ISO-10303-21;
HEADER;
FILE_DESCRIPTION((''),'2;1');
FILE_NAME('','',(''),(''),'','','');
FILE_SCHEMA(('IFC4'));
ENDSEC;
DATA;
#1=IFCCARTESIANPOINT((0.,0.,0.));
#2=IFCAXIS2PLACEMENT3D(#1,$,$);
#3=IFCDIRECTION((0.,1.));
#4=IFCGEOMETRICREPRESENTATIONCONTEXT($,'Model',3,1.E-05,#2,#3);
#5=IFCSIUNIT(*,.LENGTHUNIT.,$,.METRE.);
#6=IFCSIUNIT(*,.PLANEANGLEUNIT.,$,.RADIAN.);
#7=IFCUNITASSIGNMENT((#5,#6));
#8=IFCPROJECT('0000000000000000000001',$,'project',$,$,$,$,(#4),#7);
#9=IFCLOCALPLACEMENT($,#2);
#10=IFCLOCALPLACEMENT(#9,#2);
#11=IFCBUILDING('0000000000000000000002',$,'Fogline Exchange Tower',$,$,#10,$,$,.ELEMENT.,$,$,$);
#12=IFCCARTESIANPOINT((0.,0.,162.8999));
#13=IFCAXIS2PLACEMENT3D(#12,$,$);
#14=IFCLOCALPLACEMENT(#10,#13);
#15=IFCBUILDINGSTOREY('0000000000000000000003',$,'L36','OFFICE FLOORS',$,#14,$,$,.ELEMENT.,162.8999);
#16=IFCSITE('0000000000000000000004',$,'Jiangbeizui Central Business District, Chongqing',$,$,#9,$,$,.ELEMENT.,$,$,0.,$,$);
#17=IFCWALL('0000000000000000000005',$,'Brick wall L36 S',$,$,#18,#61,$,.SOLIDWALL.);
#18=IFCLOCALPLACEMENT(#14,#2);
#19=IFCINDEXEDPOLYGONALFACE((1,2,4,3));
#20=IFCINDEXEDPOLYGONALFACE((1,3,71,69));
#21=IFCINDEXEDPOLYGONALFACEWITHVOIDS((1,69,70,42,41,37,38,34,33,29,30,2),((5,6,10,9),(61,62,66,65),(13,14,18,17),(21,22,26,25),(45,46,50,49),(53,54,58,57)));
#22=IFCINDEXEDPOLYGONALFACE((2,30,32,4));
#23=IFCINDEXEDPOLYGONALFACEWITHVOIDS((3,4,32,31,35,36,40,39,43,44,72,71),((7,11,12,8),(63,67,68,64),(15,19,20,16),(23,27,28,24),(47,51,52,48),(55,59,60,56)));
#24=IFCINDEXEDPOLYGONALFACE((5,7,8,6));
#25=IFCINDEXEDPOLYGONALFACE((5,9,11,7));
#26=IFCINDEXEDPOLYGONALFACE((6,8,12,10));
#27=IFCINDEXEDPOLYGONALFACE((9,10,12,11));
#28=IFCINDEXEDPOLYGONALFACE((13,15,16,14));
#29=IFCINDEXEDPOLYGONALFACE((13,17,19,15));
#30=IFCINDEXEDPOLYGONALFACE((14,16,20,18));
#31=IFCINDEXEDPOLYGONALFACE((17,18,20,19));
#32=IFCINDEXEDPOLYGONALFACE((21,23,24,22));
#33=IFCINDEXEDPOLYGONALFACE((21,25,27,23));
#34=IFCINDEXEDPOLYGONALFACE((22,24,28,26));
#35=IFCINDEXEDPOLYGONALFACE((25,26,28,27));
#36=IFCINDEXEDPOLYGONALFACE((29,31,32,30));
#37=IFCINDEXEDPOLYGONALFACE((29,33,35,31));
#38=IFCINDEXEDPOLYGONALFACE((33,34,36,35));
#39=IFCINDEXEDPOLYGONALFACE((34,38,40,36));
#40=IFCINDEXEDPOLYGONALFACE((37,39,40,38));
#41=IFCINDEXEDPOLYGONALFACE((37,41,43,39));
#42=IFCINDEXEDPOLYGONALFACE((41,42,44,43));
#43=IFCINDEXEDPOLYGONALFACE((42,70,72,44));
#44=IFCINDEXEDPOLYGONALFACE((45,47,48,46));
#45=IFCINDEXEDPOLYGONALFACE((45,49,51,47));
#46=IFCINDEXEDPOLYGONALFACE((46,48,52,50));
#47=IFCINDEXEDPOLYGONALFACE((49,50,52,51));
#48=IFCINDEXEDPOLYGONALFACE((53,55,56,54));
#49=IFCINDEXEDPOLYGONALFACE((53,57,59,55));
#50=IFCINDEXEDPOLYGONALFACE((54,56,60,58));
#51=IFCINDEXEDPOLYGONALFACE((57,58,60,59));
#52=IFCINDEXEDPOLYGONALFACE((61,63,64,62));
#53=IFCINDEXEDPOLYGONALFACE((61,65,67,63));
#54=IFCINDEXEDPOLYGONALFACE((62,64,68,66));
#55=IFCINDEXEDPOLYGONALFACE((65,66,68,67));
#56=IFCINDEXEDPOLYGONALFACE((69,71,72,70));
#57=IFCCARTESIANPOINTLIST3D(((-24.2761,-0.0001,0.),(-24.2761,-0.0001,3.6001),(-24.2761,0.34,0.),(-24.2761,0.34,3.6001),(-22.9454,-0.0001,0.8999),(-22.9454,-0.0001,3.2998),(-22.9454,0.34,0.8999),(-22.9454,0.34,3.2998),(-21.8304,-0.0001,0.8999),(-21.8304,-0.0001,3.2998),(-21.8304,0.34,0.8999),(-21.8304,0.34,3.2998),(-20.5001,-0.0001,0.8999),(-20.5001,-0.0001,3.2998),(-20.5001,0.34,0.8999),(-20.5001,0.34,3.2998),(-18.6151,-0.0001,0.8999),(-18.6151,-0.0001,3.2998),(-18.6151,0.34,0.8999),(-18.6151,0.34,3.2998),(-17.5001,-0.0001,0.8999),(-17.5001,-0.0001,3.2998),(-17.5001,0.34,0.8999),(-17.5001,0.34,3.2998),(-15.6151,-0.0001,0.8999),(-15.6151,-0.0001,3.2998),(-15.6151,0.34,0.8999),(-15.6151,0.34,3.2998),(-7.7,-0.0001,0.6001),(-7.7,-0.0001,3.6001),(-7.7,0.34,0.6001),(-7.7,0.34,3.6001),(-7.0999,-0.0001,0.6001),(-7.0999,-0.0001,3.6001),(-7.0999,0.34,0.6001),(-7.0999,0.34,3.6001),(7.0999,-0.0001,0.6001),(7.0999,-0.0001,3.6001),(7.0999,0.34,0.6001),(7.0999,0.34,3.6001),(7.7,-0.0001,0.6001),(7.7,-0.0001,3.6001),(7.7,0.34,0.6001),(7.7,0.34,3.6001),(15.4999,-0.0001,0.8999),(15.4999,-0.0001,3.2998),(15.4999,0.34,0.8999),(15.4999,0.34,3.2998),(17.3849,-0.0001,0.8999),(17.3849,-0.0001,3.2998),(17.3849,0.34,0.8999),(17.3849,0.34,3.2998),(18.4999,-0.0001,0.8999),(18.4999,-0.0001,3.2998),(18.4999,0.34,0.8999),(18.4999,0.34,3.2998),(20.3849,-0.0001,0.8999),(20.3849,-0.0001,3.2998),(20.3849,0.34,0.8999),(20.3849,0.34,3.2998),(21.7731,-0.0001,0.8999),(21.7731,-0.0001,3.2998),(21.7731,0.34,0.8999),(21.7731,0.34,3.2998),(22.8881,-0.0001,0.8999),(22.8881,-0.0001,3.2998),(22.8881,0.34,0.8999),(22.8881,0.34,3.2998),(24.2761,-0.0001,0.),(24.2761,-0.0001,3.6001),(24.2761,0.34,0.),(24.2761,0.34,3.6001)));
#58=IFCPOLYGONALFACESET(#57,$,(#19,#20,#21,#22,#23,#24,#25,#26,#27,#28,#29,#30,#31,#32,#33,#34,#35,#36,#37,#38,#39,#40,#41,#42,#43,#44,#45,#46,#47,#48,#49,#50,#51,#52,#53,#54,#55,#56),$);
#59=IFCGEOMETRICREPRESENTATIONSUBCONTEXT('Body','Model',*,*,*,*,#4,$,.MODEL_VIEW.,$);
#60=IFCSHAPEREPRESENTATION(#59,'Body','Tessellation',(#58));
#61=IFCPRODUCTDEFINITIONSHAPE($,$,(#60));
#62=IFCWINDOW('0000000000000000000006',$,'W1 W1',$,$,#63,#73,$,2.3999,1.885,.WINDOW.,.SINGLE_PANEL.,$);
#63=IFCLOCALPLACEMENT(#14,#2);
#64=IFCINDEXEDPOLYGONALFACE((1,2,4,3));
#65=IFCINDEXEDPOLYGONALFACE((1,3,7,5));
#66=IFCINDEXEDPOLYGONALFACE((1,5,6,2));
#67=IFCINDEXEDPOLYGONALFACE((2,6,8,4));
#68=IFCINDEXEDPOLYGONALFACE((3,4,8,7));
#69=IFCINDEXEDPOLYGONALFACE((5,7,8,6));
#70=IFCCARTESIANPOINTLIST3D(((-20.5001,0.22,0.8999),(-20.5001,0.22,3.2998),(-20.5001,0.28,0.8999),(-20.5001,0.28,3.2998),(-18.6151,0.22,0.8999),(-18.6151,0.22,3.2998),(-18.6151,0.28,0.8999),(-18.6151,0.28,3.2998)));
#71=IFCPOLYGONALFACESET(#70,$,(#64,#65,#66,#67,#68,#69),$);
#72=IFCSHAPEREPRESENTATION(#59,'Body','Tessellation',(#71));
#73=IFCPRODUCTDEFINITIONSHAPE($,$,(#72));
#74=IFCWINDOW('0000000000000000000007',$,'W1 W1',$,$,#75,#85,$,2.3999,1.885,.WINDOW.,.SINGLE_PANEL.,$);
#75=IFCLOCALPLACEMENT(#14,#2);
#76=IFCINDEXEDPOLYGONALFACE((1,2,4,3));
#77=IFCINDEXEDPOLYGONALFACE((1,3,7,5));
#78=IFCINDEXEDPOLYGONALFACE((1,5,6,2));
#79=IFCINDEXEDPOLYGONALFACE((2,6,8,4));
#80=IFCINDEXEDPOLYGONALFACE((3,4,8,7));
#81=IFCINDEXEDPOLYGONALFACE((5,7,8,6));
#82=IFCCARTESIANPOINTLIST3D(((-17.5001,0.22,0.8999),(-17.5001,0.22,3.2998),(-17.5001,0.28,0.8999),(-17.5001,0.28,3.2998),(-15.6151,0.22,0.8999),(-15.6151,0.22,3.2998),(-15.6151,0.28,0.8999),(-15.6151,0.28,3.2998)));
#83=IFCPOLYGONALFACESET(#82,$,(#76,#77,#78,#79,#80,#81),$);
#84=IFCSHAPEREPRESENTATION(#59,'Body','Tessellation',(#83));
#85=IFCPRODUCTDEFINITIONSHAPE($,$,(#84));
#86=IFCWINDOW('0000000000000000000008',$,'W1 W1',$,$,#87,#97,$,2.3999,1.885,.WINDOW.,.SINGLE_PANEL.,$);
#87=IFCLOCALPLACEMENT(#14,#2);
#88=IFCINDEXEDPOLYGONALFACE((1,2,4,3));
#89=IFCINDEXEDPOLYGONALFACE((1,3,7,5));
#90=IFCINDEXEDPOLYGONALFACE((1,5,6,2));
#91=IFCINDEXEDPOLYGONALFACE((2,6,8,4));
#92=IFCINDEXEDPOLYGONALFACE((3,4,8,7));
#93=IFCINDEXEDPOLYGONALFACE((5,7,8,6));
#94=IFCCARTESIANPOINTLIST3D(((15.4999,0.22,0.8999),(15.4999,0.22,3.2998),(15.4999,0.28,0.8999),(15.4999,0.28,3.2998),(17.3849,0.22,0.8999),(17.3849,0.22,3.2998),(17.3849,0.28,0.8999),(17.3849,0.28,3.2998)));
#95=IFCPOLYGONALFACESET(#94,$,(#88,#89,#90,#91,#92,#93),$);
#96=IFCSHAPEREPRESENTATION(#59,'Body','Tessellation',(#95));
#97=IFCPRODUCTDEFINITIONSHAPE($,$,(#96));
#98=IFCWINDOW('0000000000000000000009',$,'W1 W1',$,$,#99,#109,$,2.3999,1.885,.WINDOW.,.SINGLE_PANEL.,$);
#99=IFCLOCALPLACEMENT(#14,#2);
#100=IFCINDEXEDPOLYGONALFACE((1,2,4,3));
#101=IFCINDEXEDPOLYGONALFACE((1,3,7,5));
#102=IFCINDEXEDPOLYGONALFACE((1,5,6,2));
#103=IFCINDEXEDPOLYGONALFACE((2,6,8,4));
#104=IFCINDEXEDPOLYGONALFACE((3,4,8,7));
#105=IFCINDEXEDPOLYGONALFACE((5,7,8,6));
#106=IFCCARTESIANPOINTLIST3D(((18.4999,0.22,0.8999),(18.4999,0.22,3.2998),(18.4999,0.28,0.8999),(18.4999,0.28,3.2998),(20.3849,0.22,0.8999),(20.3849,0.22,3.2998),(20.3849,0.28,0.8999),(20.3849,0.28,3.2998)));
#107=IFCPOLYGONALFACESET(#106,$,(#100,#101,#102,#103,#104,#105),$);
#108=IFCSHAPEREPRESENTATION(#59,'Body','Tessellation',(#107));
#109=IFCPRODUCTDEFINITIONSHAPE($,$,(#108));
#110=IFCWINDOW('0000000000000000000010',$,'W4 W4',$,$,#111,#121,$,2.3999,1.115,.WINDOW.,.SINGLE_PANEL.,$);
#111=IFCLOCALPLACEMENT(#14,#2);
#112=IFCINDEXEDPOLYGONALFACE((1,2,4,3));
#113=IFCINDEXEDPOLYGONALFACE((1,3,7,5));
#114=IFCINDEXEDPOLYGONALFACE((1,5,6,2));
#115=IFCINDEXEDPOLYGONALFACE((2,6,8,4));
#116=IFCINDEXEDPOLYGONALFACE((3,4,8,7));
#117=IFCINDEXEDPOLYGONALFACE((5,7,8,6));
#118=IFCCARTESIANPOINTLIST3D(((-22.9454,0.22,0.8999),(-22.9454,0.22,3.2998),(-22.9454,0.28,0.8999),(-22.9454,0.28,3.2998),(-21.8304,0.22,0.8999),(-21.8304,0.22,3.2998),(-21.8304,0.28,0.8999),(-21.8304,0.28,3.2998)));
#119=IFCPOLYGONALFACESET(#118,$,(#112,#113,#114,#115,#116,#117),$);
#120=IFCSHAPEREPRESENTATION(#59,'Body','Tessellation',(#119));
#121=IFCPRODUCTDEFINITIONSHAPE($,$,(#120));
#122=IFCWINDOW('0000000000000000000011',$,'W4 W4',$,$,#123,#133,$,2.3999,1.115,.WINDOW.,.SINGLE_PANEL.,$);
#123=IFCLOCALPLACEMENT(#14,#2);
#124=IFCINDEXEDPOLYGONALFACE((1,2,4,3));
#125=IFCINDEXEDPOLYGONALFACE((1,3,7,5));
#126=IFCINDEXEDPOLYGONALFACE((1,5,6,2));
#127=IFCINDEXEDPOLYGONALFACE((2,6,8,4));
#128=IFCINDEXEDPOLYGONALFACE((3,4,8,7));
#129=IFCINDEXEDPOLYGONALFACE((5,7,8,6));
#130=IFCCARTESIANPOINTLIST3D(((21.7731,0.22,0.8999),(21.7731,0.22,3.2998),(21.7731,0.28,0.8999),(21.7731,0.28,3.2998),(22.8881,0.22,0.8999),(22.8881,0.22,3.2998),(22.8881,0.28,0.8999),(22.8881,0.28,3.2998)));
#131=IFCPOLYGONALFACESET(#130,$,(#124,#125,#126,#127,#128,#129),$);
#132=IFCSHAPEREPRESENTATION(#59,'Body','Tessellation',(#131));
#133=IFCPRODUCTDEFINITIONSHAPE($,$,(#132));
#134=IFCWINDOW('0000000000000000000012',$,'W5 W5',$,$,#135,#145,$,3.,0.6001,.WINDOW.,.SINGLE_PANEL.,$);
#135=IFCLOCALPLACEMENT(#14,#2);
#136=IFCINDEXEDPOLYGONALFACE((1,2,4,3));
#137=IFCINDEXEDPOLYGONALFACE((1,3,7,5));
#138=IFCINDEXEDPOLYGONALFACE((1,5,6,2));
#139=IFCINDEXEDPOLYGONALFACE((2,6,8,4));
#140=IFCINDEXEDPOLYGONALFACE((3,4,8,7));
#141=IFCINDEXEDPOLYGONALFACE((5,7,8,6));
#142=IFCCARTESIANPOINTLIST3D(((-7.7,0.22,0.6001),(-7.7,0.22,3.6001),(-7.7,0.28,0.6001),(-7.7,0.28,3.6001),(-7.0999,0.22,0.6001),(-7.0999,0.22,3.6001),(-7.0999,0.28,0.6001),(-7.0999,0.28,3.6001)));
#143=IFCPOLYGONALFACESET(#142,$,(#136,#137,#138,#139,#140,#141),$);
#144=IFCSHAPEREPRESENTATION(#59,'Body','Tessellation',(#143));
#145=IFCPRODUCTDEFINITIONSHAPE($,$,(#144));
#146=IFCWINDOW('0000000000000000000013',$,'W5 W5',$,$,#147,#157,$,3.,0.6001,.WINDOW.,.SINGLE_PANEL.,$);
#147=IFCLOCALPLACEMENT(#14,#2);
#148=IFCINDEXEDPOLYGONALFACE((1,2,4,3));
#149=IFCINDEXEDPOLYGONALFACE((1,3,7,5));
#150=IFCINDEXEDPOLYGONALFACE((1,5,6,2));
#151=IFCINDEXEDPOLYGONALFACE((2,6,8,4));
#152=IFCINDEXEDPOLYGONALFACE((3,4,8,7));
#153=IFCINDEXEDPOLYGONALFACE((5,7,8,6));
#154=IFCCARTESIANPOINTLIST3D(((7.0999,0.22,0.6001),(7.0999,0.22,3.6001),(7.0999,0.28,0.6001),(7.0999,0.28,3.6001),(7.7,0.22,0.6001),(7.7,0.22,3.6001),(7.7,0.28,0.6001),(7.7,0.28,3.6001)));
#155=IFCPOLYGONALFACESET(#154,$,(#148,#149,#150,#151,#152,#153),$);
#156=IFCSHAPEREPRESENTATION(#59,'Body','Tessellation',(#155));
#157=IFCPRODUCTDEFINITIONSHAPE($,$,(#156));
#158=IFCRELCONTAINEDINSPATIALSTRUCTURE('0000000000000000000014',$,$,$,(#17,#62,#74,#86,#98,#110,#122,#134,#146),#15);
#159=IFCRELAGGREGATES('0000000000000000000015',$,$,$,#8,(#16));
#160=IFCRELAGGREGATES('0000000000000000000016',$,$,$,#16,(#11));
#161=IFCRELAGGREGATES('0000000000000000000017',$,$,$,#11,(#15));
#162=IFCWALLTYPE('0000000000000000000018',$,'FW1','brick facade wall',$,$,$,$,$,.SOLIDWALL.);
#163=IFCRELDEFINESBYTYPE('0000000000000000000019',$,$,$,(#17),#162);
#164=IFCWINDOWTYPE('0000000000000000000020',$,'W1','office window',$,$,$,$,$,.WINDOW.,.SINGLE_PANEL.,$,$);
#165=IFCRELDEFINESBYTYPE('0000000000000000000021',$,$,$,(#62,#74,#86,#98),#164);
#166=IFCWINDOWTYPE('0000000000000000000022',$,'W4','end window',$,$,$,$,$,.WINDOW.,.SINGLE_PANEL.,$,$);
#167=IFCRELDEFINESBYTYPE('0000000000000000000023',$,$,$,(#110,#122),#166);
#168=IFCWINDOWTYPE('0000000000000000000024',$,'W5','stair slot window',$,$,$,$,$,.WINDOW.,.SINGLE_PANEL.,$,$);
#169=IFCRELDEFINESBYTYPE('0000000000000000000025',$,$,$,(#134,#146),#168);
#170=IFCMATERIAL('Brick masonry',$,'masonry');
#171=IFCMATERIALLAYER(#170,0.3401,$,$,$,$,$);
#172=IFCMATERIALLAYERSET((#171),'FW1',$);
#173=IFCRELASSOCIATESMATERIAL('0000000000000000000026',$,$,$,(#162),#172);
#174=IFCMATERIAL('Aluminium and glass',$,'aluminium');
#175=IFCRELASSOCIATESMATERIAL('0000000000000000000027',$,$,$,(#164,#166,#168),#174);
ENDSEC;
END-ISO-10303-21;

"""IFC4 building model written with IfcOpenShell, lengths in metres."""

from ifc_helpers import new_model, si_unit, direction, frame, frame_2d, origin, place, context, subcontext, project, spatial, rectangle, extrude, material, layer, layer_set, type_object, element, fill, save


model = new_model("IFC4")

# Units and contexts
model_context = context("Model", 3, precision=1e-05, world=origin(), true_north=direction((0.0, 1.0)))
body_context = subcontext(model_context, "Body", "Model", "MODEL_VIEW")
ifc_project = project(units=[si_unit("LENGTHUNIT", "METRE"), si_unit("PLANEANGLEUNIT", "RADIAN")], contexts=[model_context])

# Site, building, storey
site_placement = place(None, origin())
site = spatial("IfcSite", under=ifc_project, at=site_placement, Name="Jiangbeizui Central Business District, Chongqing", CompositionType="ELEMENT", RefElevation=0.0)
building_placement = place(site_placement, origin())
building = spatial("IfcBuilding", under=site, at=building_placement, Name="Fogline Exchange Tower", CompositionType="ELEMENT")
storey_placement = place(building_placement, frame((0.0, 0.0, 162.8999)))
storey = spatial("IfcBuildingStorey", under=building, at=storey_placement, Name="L36", Description="OFFICE FLOORS", CompositionType="ELEMENT", Elevation=162.8999)

# Shared definitions
ifc_material_1 = material(Name="Brick masonry", Category="masonry")
ifc_layer = layer(ifc_material_1, 0.3401)
ifc_layer_set = layer_set([ifc_layer], Name="FW1")
wall_type = type_object("IfcWallType", Name="FW1", Description="brick facade wall", PredefinedType="SOLIDWALL", material=ifc_layer_set)
ifc_material_2 = material(Name="Aluminium and glass", Category="aluminium")

# Wall, openings, windows
wall_1_placement = place(storey_placement, frame((-24.2761, 0.1699, 0.0), z_axis=(0.0, 0.0, 1.0), x_axis=(1.0, 0.0, 0.0)))
wall_1 = element("IfcWall", 1, at=wall_1_placement, inside=storey, type_object=wall_type, Name="Brick wall L36 S", PredefinedType="SOLIDWALL", context=body_context, shape_type="SweptSolid", body=[
    extrude(rectangle(XDim=48.5522, YDim=0.3401, at=frame_2d((24.2761, 0.0))), origin(), (0.0, 0.0, 1.0), 3.6001),
])
opening_1_placement = place(wall_1_placement, frame((3.7761, 0.0, 0.8999)))
opening_1 = element("IfcOpeningElement", 2, at=opening_1_placement, cuts=wall_1, PredefinedType="OPENING", context=body_context, shape_type="SweptSolid", body=[
    extrude(rectangle(XDim=1.885, YDim=2.3999, at=frame_2d((0.9424, 1.2))), frame((0.0, 0.1802, 0.0), z_axis=(0.0, -1.0, 0.0), x_axis=(1.0, 0.0, 0.0)), (0.0, 0.0, 1.0), 0.3601),
])
opening_2_placement = place(wall_1_placement, frame((6.7761, 0.0, 0.8999)))
opening_2 = element("IfcOpeningElement", 3, at=opening_2_placement, cuts=wall_1, PredefinedType="OPENING", context=body_context, shape_type="SweptSolid", body=[
    extrude(rectangle(XDim=1.885, YDim=2.3999, at=frame_2d((0.9424, 1.2))), frame((0.0, 0.1802, 0.0), z_axis=(0.0, -1.0, 0.0), x_axis=(1.0, 0.0, 0.0)), (0.0, 0.0, 1.0), 0.3601),
])
opening_3_placement = place(wall_1_placement, frame((39.7761, 0.0, 0.8999)))
opening_3 = element("IfcOpeningElement", 4, at=opening_3_placement, cuts=wall_1, PredefinedType="OPENING", context=body_context, shape_type="SweptSolid", body=[
    extrude(rectangle(XDim=1.885, YDim=2.3999, at=frame_2d((0.9424, 1.2))), frame((0.0, 0.1802, 0.0), z_axis=(0.0, -1.0, 0.0), x_axis=(1.0, 0.0, 0.0)), (0.0, 0.0, 1.0), 0.3601),
])
opening_4_placement = place(wall_1_placement, frame((42.7761, 0.0, 0.8999)))
opening_4 = element("IfcOpeningElement", 5, at=opening_4_placement, cuts=wall_1, PredefinedType="OPENING", context=body_context, shape_type="SweptSolid", body=[
    extrude(rectangle(XDim=1.885, YDim=2.3999, at=frame_2d((0.9424, 1.2))), frame((0.0, 0.1802, 0.0), z_axis=(0.0, -1.0, 0.0), x_axis=(1.0, 0.0, 0.0)), (0.0, 0.0, 1.0), 0.3601),
])
opening_5_placement = place(wall_1_placement, frame((1.3306, 0.0, 0.8999)))
opening_5 = element("IfcOpeningElement", 6, at=opening_5_placement, cuts=wall_1, PredefinedType="OPENING", context=body_context, shape_type="SweptSolid", body=[
    extrude(rectangle(XDim=1.115, YDim=2.3999, at=frame_2d((0.5576, 1.2))), frame((0.0, 0.1802, 0.0), z_axis=(0.0, -1.0, 0.0), x_axis=(1.0, 0.0, 0.0)), (0.0, 0.0, 1.0), 0.3601),
])
opening_6_placement = place(wall_1_placement, frame((46.0491, 0.0, 0.8999)))
opening_6 = element("IfcOpeningElement", 7, at=opening_6_placement, cuts=wall_1, PredefinedType="OPENING", context=body_context, shape_type="SweptSolid", body=[
    extrude(rectangle(XDim=1.115, YDim=2.3999, at=frame_2d((0.5576, 1.2))), frame((0.0, 0.1802, 0.0), z_axis=(0.0, -1.0, 0.0), x_axis=(1.0, 0.0, 0.0)), (0.0, 0.0, 1.0), 0.3601),
])
opening_7_placement = place(wall_1_placement, frame((16.5762, 0.0, 0.6001)))
opening_7 = element("IfcOpeningElement", 8, at=opening_7_placement, cuts=wall_1, PredefinedType="OPENING", context=body_context, shape_type="SweptSolid", body=[
    extrude(rectangle(XDim=0.6001, YDim=3.0, at=frame_2d((0.3, 1.5))), frame((0.0, 0.1802, 0.0), z_axis=(0.0, -1.0, 0.0), x_axis=(1.0, 0.0, 0.0)), (0.0, 0.0, 1.0), 0.3601),
])
opening_8_placement = place(wall_1_placement, frame((31.376, 0.0, 0.6001)))
opening_8 = element("IfcOpeningElement", 9, at=opening_8_placement, cuts=wall_1, PredefinedType="OPENING", context=body_context, shape_type="SweptSolid", body=[
    extrude(rectangle(XDim=0.6001, YDim=3.0, at=frame_2d((0.3, 1.5))), frame((0.0, 0.1802, 0.0), z_axis=(0.0, -1.0, 0.0), x_axis=(1.0, 0.0, 0.0)), (0.0, 0.0, 1.0), 0.3601),
])
window_type_1 = type_object("IfcWindowType", Name="W1", Description="office window", PartitioningType="SINGLE_PANEL", PredefinedType="WINDOW", material=ifc_material_2)
window_1_placement = place(opening_1_placement, origin())
window_1 = element("IfcWindow", 10, at=window_1_placement, inside=storey, type_object=window_type_1, Name="W1 W1", OverallHeight=2.3999, OverallWidth=1.885, PartitioningType="SINGLE_PANEL", PredefinedType="WINDOW", context=body_context, shape_type="SweptSolid", body=[
    extrude(rectangle(XDim=1.885, YDim=2.3999, at=frame_2d((0.9424, 1.2))), frame((0.0, 0.1101, 0.0), z_axis=(0.0, -1.0, 0.0), x_axis=(1.0, 0.0, 0.0)), (0.0, 0.0, 1.0), 0.0601),
])
fill(opening_1, window_1)
window_2_placement = place(opening_2_placement, origin())
window_2 = element("IfcWindow", 11, at=window_2_placement, inside=storey, type_object=window_type_1, Name="W1 W1", OverallHeight=2.3999, OverallWidth=1.885, PartitioningType="SINGLE_PANEL", PredefinedType="WINDOW", context=body_context, shape_type="SweptSolid", body=[
    extrude(rectangle(XDim=1.885, YDim=2.3999, at=frame_2d((0.9424, 1.2))), frame((0.0, 0.1101, 0.0), z_axis=(0.0, -1.0, 0.0), x_axis=(1.0, 0.0, 0.0)), (0.0, 0.0, 1.0), 0.0601),
])
fill(opening_2, window_2)
window_3_placement = place(opening_3_placement, origin())
window_3 = element("IfcWindow", 12, at=window_3_placement, inside=storey, type_object=window_type_1, Name="W1 W1", OverallHeight=2.3999, OverallWidth=1.885, PartitioningType="SINGLE_PANEL", PredefinedType="WINDOW", context=body_context, shape_type="SweptSolid", body=[
    extrude(rectangle(XDim=1.885, YDim=2.3999, at=frame_2d((0.9424, 1.2))), frame((0.0, 0.1101, 0.0), z_axis=(0.0, -1.0, 0.0), x_axis=(1.0, 0.0, 0.0)), (0.0, 0.0, 1.0), 0.0601),
])
fill(opening_3, window_3)
window_4_placement = place(opening_4_placement, origin())
window_4 = element("IfcWindow", 13, at=window_4_placement, inside=storey, type_object=window_type_1, Name="W1 W1", OverallHeight=2.3999, OverallWidth=1.885, PartitioningType="SINGLE_PANEL", PredefinedType="WINDOW", context=body_context, shape_type="SweptSolid", body=[
    extrude(rectangle(XDim=1.885, YDim=2.3999, at=frame_2d((0.9424, 1.2))), frame((0.0, 0.1101, 0.0), z_axis=(0.0, -1.0, 0.0), x_axis=(1.0, 0.0, 0.0)), (0.0, 0.0, 1.0), 0.0601),
])
fill(opening_4, window_4)
window_type_2 = type_object("IfcWindowType", Name="W4", Description="end window", PartitioningType="SINGLE_PANEL", PredefinedType="WINDOW", material=ifc_material_2)
window_5_placement = place(opening_5_placement, origin())
window_5 = element("IfcWindow", 14, at=window_5_placement, inside=storey, type_object=window_type_2, Name="W4 W4", OverallHeight=2.3999, OverallWidth=1.115, PartitioningType="SINGLE_PANEL", PredefinedType="WINDOW", context=body_context, shape_type="SweptSolid", body=[
    extrude(rectangle(XDim=1.115, YDim=2.3999, at=frame_2d((0.5576, 1.2))), frame((0.0, 0.1101, 0.0), z_axis=(0.0, -1.0, 0.0), x_axis=(1.0, 0.0, 0.0)), (0.0, 0.0, 1.0), 0.0601),
])
fill(opening_5, window_5)
window_6_placement = place(opening_6_placement, origin())
window_6 = element("IfcWindow", 15, at=window_6_placement, inside=storey, type_object=window_type_2, Name="W4 W4", OverallHeight=2.3999, OverallWidth=1.115, PartitioningType="SINGLE_PANEL", PredefinedType="WINDOW", context=body_context, shape_type="SweptSolid", body=[
    extrude(rectangle(XDim=1.115, YDim=2.3999, at=frame_2d((0.5576, 1.2))), frame((0.0, 0.1101, 0.0), z_axis=(0.0, -1.0, 0.0), x_axis=(1.0, 0.0, 0.0)), (0.0, 0.0, 1.0), 0.0601),
])
fill(opening_6, window_6)
window_type_3 = type_object("IfcWindowType", Name="W5", Description="stair slot window", PartitioningType="SINGLE_PANEL", PredefinedType="WINDOW", material=ifc_material_2)
window_7_placement = place(opening_7_placement, origin())
window_7 = element("IfcWindow", 16, at=window_7_placement, inside=storey, type_object=window_type_3, Name="W5 W5", OverallHeight=3.0, OverallWidth=0.6001, PartitioningType="SINGLE_PANEL", PredefinedType="WINDOW", context=body_context, shape_type="SweptSolid", body=[
    extrude(rectangle(XDim=0.6001, YDim=3.0, at=frame_2d((0.3, 1.5))), frame((0.0, 0.1101, 0.0), z_axis=(0.0, -1.0, 0.0), x_axis=(1.0, 0.0, 0.0)), (0.0, 0.0, 1.0), 0.0601),
])
fill(opening_7, window_7)
window_8_placement = place(opening_8_placement, origin())
window_8 = element("IfcWindow", 17, at=window_8_placement, inside=storey, type_object=window_type_3, Name="W5 W5", OverallHeight=3.0, OverallWidth=0.6001, PartitioningType="SINGLE_PANEL", PredefinedType="WINDOW", context=body_context, shape_type="SweptSolid", body=[
    extrude(rectangle(XDim=0.6001, YDim=3.0, at=frame_2d((0.3, 1.5))), frame((0.0, 0.1101, 0.0), z_axis=(0.0, -1.0, 0.0), x_axis=(1.0, 0.0, 0.0)), (0.0, 0.0, 1.0), 0.0601),
])
fill(opening_8, window_8)

save(model, "model.ifc")
